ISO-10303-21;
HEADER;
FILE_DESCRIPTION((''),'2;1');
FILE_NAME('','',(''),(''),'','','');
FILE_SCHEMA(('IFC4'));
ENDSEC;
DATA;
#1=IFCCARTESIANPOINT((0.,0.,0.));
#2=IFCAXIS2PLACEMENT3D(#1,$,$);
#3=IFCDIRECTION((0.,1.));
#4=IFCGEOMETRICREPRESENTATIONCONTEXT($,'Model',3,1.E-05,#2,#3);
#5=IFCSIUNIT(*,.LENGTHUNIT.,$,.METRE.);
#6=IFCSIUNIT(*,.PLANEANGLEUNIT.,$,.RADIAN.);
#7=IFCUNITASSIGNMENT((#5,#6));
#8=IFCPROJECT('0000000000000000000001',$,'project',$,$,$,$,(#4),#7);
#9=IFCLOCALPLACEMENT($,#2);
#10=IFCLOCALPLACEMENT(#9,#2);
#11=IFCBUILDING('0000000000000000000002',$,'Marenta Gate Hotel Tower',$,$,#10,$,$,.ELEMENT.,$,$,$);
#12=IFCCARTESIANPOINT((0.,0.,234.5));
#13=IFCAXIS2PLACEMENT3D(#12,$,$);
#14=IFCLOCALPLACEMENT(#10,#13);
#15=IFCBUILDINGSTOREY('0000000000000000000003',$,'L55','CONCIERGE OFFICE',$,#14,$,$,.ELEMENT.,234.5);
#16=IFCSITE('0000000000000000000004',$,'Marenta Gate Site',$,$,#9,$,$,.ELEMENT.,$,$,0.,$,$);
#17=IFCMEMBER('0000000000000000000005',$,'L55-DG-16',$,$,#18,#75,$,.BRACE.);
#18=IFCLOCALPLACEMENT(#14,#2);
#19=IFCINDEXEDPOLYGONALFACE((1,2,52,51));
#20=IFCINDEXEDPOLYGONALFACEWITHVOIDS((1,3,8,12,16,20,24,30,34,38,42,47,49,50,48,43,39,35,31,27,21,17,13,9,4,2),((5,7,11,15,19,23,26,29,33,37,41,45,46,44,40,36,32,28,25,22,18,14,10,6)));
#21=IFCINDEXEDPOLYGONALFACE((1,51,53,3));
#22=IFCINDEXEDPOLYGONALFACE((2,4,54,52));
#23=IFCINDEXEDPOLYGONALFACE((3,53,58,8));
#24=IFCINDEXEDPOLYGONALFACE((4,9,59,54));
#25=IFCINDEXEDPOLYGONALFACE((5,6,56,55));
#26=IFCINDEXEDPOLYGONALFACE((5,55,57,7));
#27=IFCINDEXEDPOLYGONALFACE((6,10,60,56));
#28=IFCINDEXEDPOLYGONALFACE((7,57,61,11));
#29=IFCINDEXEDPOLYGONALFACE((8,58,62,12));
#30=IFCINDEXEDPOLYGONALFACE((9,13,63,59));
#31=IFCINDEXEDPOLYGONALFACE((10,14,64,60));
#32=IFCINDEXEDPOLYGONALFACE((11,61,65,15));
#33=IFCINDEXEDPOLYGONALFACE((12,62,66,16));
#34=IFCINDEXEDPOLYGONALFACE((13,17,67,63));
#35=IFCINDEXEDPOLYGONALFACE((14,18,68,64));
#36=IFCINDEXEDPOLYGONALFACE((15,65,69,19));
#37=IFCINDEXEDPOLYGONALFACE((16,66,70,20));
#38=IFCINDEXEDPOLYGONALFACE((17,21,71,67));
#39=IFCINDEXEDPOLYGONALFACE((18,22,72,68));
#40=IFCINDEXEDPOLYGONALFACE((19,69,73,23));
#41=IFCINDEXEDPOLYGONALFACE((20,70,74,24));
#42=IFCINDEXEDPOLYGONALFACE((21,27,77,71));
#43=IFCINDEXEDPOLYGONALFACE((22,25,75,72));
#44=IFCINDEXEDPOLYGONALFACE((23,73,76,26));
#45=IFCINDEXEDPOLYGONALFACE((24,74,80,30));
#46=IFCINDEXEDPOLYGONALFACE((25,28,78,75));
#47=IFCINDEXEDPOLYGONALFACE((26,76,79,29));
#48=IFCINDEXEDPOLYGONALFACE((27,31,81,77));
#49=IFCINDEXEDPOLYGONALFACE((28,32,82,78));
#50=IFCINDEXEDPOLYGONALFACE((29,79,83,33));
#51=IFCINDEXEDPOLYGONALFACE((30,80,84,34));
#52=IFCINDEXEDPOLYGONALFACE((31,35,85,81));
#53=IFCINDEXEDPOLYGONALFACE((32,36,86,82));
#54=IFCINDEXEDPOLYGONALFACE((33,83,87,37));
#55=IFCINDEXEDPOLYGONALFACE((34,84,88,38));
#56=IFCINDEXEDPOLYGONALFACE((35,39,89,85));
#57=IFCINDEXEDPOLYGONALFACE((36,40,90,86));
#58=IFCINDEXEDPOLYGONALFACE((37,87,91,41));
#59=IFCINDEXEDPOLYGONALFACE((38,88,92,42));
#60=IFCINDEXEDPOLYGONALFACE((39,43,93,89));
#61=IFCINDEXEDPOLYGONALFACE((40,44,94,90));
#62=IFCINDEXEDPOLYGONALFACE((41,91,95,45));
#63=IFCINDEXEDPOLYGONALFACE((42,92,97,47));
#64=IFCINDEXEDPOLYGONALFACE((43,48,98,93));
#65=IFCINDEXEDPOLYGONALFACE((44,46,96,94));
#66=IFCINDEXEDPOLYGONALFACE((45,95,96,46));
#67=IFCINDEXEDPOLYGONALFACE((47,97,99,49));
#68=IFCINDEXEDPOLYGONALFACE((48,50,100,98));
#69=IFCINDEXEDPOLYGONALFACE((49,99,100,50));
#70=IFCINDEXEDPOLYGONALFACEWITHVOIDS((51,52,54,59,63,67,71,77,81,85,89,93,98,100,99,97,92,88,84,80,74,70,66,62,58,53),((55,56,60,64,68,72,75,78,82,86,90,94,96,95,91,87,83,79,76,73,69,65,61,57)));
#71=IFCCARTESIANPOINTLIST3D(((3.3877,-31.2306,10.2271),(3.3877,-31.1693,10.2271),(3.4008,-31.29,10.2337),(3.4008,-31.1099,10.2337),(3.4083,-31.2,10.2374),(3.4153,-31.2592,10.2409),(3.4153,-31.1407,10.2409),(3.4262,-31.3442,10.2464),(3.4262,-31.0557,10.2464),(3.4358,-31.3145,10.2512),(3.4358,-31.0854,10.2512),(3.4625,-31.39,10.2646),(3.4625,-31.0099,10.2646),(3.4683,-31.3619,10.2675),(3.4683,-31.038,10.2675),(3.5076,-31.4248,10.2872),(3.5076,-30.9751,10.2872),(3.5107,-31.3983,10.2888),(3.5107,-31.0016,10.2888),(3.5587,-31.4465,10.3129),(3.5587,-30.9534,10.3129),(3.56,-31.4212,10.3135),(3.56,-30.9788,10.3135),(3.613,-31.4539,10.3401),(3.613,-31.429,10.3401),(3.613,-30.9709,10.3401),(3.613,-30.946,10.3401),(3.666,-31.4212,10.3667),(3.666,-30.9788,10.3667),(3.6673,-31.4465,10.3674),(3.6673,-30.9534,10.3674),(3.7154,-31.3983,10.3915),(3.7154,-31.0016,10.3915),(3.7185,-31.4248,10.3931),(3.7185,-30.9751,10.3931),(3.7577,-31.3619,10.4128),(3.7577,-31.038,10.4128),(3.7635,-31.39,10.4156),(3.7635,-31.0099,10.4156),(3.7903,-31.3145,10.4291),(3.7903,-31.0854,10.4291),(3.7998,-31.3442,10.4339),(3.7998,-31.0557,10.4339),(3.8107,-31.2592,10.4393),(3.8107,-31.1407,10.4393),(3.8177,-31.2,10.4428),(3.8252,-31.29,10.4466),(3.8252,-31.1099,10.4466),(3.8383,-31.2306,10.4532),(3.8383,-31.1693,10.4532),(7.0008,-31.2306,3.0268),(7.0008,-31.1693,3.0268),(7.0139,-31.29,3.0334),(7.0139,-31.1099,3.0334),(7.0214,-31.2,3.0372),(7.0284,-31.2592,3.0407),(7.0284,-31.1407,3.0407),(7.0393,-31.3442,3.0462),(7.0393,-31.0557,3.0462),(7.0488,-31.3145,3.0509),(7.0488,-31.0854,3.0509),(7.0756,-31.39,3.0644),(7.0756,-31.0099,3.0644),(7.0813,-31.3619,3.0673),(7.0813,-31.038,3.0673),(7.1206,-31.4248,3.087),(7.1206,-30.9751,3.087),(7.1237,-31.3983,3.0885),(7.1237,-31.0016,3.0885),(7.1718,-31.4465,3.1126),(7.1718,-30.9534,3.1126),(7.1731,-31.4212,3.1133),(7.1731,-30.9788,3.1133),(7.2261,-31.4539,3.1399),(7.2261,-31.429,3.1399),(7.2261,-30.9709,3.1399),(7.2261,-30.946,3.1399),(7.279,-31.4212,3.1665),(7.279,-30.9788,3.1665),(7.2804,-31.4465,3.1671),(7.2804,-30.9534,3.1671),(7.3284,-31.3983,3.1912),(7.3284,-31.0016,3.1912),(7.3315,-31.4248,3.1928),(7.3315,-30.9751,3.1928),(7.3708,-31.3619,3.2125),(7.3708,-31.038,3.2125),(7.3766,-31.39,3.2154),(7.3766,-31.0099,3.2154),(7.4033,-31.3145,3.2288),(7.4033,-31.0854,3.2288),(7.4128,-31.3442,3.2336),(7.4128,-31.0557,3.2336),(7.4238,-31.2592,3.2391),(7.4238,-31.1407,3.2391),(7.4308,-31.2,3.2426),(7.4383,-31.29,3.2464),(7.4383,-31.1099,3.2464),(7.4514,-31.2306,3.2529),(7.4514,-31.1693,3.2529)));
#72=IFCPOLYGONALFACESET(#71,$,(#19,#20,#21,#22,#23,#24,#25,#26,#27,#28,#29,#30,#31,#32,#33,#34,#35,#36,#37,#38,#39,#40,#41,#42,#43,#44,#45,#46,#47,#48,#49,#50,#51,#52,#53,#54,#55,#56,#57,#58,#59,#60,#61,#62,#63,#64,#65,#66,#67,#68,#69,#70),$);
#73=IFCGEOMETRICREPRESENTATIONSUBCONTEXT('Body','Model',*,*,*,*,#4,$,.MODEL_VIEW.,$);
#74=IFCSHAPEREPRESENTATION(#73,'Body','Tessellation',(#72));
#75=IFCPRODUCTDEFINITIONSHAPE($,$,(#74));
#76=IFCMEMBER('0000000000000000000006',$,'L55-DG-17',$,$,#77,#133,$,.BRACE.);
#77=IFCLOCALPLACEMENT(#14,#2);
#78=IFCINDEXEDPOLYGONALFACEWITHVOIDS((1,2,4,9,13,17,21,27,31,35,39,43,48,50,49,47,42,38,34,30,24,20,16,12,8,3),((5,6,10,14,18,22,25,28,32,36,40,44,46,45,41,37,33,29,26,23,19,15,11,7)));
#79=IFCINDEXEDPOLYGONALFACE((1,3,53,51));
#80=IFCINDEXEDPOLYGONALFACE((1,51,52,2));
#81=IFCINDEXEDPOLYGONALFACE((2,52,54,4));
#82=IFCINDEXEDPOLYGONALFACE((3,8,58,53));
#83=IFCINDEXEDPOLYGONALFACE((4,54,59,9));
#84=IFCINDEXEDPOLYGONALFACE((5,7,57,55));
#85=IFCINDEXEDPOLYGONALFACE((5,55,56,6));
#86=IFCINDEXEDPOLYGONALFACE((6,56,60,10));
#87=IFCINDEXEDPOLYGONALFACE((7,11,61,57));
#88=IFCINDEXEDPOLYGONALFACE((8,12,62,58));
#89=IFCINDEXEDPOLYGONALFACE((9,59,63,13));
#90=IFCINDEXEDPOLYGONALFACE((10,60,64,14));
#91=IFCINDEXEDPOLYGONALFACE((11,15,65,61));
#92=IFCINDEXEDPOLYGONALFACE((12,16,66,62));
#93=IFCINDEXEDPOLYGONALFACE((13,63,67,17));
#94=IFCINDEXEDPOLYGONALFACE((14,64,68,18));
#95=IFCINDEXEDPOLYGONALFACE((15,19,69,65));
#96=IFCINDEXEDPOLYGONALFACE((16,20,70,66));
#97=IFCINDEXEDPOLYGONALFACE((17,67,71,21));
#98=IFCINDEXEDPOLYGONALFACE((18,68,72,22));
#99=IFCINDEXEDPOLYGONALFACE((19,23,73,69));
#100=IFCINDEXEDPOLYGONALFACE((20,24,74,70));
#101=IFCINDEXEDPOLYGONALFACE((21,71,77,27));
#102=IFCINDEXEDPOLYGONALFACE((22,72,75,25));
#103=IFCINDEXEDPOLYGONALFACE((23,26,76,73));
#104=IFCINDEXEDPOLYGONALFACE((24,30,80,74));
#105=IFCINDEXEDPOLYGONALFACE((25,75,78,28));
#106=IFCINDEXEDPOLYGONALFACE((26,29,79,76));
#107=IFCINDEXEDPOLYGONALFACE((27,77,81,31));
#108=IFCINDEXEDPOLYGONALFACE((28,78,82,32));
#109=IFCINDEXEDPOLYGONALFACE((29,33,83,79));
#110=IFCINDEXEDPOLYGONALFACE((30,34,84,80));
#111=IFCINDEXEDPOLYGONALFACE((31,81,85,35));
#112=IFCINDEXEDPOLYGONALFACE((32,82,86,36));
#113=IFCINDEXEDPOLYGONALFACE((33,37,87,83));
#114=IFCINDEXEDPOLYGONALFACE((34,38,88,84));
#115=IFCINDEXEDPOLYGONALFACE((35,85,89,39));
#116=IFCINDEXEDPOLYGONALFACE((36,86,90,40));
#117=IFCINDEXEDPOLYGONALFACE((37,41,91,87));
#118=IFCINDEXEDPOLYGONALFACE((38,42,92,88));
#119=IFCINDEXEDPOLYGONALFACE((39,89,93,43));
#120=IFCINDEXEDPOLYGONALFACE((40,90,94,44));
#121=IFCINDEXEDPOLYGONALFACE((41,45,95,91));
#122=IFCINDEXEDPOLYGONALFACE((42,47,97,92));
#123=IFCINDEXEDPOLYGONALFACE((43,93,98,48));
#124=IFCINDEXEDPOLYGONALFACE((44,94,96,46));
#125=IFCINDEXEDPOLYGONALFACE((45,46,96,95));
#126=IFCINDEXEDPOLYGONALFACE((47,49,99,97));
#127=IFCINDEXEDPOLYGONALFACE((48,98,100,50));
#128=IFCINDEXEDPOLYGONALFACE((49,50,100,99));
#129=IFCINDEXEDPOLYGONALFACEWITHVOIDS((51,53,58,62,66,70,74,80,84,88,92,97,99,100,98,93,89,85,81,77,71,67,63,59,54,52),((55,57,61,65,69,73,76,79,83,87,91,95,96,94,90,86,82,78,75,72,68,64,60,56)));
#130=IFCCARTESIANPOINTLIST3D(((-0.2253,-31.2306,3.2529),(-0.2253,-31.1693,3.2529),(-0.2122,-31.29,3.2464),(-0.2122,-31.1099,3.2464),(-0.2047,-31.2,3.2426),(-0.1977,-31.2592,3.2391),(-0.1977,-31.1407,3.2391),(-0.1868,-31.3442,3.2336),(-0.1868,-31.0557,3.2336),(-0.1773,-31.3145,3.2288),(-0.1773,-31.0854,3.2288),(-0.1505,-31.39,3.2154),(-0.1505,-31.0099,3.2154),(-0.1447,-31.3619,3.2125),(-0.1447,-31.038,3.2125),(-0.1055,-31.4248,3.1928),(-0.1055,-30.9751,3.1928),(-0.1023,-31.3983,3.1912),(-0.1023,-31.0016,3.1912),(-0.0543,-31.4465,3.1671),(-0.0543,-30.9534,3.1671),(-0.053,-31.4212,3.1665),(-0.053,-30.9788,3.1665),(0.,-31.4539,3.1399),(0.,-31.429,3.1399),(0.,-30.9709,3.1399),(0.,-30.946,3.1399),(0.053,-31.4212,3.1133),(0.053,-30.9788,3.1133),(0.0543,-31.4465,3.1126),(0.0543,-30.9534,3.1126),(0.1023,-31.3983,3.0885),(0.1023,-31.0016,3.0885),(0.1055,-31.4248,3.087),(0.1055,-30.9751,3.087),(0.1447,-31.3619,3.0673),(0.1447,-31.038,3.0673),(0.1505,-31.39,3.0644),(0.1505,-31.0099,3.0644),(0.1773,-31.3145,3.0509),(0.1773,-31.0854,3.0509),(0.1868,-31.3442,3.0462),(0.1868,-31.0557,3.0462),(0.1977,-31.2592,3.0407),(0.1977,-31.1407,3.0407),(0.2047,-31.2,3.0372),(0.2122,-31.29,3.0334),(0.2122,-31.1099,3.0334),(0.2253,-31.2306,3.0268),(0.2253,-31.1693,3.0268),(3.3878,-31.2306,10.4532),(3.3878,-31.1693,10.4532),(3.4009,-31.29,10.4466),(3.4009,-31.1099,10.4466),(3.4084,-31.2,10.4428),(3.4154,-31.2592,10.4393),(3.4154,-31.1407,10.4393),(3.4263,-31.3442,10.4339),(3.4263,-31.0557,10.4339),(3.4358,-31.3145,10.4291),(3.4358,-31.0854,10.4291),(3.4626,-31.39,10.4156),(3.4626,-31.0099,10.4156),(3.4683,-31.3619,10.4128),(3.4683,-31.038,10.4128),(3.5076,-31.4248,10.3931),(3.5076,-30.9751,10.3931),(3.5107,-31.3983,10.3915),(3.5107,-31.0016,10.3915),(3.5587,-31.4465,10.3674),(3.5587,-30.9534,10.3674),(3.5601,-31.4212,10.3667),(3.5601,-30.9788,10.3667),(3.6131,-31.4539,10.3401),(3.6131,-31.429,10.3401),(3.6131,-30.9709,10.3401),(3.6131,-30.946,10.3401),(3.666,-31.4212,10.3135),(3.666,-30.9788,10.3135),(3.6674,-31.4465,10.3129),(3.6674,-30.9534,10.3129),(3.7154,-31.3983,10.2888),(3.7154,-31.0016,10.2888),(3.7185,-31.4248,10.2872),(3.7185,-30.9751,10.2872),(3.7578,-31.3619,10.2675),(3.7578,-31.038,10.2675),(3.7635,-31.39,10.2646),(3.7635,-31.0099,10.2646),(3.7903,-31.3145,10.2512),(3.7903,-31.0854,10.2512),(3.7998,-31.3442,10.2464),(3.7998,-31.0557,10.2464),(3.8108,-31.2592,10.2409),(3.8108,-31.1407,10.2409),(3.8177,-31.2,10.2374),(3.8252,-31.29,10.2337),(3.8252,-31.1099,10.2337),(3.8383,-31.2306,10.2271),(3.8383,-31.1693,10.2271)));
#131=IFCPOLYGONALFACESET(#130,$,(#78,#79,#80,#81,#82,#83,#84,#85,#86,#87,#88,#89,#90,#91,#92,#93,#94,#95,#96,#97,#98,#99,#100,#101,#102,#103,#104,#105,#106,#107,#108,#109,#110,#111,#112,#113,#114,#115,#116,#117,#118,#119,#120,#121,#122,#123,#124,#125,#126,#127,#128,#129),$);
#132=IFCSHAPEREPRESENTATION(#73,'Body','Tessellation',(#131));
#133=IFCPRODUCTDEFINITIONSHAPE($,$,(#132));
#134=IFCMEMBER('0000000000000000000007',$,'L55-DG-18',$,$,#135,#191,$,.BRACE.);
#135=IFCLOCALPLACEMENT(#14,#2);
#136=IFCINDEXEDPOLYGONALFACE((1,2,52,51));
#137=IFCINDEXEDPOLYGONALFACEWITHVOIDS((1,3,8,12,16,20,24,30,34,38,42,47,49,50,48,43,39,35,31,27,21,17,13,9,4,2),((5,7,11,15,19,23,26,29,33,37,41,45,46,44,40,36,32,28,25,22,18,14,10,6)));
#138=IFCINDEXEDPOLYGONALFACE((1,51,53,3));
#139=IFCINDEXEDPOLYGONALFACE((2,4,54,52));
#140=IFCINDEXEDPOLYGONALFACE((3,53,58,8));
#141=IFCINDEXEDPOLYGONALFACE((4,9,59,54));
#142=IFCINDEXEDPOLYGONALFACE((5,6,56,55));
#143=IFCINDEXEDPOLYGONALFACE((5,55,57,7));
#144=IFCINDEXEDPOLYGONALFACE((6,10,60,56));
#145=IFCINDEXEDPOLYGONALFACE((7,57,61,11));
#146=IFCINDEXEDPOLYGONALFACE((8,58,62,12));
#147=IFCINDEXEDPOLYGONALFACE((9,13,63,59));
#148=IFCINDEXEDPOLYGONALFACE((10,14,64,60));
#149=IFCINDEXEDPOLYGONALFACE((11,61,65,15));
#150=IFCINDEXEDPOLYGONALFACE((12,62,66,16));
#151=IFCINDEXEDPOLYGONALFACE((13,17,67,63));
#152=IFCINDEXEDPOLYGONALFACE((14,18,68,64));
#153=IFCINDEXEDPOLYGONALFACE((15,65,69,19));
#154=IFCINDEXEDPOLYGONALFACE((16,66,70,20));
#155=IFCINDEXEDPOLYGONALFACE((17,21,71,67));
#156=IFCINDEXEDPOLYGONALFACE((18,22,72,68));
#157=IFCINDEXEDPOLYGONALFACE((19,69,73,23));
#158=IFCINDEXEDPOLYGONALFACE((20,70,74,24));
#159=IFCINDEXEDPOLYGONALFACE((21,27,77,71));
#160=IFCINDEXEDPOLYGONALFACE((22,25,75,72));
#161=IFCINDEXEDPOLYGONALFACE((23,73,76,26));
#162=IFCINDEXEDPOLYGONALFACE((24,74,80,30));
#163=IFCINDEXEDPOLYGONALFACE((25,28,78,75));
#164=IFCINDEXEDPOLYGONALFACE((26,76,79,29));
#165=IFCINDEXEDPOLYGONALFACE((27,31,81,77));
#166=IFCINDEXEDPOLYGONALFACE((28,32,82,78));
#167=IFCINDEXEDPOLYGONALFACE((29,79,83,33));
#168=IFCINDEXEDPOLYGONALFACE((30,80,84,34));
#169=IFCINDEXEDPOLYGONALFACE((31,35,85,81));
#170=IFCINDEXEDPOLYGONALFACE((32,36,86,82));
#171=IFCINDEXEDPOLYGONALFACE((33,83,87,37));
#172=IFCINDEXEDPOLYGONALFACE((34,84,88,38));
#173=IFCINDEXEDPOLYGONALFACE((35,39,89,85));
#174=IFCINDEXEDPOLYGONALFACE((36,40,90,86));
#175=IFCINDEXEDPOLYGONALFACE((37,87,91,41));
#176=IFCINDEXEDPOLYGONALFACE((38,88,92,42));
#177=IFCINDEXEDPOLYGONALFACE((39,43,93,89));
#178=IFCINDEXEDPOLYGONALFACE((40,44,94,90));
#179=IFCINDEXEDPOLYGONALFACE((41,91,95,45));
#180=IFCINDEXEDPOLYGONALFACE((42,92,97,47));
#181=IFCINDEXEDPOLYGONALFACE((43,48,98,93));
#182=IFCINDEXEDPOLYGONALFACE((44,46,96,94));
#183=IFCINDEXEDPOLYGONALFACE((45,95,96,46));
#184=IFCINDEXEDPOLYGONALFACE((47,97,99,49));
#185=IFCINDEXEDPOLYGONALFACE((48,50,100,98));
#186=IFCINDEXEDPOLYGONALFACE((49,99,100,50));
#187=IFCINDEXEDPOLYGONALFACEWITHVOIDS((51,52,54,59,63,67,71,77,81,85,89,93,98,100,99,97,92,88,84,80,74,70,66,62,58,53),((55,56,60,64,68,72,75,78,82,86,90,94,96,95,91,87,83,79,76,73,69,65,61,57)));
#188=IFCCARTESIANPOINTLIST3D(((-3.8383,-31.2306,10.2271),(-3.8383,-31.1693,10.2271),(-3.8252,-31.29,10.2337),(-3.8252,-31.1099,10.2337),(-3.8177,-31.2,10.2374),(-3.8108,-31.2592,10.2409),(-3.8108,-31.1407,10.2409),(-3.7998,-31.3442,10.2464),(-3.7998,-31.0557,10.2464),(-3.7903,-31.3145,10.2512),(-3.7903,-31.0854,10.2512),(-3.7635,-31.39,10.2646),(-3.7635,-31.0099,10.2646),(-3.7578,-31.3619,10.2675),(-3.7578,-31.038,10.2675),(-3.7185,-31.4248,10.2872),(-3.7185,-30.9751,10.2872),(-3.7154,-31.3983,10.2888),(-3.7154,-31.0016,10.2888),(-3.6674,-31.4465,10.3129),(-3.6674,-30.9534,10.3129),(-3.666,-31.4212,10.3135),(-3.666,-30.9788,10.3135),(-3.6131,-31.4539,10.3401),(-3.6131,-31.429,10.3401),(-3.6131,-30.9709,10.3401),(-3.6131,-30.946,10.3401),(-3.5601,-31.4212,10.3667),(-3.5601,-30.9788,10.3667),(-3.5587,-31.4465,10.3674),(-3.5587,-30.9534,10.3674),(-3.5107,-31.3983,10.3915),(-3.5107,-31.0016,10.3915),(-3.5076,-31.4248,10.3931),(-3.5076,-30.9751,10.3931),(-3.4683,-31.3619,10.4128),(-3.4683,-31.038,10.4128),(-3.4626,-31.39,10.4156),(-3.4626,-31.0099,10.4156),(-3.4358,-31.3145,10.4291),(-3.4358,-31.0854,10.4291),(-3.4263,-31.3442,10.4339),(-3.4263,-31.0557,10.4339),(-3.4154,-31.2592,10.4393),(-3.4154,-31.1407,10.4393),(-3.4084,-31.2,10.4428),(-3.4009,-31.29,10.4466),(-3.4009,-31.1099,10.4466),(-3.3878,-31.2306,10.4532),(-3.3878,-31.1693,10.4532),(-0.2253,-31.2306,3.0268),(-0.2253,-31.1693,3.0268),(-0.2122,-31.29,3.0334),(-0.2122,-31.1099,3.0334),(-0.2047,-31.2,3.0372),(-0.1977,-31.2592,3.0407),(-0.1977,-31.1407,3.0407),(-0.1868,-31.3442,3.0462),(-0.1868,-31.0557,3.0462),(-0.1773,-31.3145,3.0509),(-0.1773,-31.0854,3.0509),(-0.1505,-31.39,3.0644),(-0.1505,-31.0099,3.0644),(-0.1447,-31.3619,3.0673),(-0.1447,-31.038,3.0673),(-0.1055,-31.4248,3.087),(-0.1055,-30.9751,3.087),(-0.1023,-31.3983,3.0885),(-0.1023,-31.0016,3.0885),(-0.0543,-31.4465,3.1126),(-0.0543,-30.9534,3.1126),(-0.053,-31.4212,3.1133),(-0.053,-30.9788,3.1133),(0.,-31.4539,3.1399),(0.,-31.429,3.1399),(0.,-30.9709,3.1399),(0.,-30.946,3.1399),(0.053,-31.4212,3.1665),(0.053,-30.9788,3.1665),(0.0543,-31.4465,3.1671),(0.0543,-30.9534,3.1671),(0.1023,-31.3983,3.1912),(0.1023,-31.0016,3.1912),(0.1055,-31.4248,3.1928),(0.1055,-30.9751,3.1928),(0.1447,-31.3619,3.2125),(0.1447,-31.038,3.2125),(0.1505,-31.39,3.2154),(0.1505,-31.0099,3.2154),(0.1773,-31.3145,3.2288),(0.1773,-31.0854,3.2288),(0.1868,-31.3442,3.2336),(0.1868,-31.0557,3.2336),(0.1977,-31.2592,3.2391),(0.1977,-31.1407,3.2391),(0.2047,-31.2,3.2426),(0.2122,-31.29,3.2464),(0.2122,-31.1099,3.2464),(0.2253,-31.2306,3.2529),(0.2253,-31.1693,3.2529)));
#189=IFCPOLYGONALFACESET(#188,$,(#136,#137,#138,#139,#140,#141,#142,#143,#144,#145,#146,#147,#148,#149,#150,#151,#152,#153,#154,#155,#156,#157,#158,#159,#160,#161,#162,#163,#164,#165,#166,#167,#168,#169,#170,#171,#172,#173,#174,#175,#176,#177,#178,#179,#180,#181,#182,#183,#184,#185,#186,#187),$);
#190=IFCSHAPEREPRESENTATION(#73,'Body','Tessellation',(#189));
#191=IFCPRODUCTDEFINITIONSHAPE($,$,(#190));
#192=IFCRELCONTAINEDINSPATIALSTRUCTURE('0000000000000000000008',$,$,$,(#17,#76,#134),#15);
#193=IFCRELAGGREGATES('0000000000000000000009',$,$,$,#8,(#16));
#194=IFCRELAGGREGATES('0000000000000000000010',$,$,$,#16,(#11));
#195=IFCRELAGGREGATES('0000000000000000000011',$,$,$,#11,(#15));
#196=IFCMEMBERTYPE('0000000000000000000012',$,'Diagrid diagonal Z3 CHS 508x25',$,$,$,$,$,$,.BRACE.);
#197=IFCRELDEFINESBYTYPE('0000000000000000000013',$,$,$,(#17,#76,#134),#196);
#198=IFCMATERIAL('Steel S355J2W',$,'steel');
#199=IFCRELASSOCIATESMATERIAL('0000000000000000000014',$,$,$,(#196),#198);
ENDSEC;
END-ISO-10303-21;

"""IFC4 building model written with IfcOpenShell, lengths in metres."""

from ifc_helpers import new_model, si_unit, direction, frame, origin, origin_2d, place, context, subcontext, project, spatial, hollow_circle, extrude, material, material_profile, profile_set, type_object, element, save


model = new_model("IFC4")

# Units and contexts
model_context = context("Model", 3, precision=1e-05, world=origin(), true_north=direction((0.0, 1.0)))
body_context = subcontext(model_context, "Body", "Model", "MODEL_VIEW")
ifc_project = project(units=[si_unit("LENGTHUNIT", "METRE"), si_unit("PLANEANGLEUNIT", "RADIAN")], contexts=[model_context])

# Site, building, storey
site_placement = place(None, origin())
site = spatial("IfcSite", under=ifc_project, at=site_placement, Name="Marenta Gate Site", CompositionType="ELEMENT", RefElevation=0.0)
building_placement = place(site_placement, origin())
building = spatial("IfcBuilding", under=site, at=building_placement, Name="Marenta Gate Hotel Tower", CompositionType="ELEMENT")
storey_placement = place(building_placement, frame((0.0, 0.0, 234.5)))
storey = spatial("IfcBuildingStorey", under=building, at=storey_placement, Name="L55", Description="CONCIERGE OFFICE", CompositionType="ELEMENT", Elevation=234.5)

# Members
ifc_material_1 = material(Name="Steel S355J2W", Category="steel")
ifc_material_profile_1 = material_profile(ifc_material_1, hollow_circle(Radius=0.2539, WallThickness=0.0249, at=origin_2d()), Name="CHS 508x25")
ifc_profile_set_1 = profile_set([ifc_material_profile_1], Name="Steel S355J2W")
member_type_1 = type_object("IfcMemberType", Name="Diagrid diagonal Z3 CHS 508x25", PredefinedType="BRACE", material=ifc_profile_set_1)
for number, where, z_axis, x_axis, name in (
    (1, (7.2261, -31.2, 3.1399), (-0.448498, 0.0, 0.893784), (0.0, -1.0, 0.0), "L55-DG-16"),
    (2, (0.0, -31.2, 3.1399), (0.448498, 0.0, 0.893784), (0.0, 1.0, 0.0), "L55-DG-17"),
    (3, (0.0, -31.2, 3.1399), (-0.448498, 0.0, 0.893784), (0.0, -1.0, 0.0), "L55-DG-18"),
):
    element("IfcMember", number, at=place(storey_placement, frame(where, z_axis=z_axis, x_axis=x_axis)), inside=storey, type_object=member_type_1, Name=name, PredefinedType="BRACE", context=body_context, shape_type="SweptSolid", body=[
        extrude(hollow_circle(Radius=0.2539, WallThickness=0.0249, at=origin_2d()), origin(), (0.0, 0.0, 1.0), 8.0559),
    ])

save(model, "model.ifc")
